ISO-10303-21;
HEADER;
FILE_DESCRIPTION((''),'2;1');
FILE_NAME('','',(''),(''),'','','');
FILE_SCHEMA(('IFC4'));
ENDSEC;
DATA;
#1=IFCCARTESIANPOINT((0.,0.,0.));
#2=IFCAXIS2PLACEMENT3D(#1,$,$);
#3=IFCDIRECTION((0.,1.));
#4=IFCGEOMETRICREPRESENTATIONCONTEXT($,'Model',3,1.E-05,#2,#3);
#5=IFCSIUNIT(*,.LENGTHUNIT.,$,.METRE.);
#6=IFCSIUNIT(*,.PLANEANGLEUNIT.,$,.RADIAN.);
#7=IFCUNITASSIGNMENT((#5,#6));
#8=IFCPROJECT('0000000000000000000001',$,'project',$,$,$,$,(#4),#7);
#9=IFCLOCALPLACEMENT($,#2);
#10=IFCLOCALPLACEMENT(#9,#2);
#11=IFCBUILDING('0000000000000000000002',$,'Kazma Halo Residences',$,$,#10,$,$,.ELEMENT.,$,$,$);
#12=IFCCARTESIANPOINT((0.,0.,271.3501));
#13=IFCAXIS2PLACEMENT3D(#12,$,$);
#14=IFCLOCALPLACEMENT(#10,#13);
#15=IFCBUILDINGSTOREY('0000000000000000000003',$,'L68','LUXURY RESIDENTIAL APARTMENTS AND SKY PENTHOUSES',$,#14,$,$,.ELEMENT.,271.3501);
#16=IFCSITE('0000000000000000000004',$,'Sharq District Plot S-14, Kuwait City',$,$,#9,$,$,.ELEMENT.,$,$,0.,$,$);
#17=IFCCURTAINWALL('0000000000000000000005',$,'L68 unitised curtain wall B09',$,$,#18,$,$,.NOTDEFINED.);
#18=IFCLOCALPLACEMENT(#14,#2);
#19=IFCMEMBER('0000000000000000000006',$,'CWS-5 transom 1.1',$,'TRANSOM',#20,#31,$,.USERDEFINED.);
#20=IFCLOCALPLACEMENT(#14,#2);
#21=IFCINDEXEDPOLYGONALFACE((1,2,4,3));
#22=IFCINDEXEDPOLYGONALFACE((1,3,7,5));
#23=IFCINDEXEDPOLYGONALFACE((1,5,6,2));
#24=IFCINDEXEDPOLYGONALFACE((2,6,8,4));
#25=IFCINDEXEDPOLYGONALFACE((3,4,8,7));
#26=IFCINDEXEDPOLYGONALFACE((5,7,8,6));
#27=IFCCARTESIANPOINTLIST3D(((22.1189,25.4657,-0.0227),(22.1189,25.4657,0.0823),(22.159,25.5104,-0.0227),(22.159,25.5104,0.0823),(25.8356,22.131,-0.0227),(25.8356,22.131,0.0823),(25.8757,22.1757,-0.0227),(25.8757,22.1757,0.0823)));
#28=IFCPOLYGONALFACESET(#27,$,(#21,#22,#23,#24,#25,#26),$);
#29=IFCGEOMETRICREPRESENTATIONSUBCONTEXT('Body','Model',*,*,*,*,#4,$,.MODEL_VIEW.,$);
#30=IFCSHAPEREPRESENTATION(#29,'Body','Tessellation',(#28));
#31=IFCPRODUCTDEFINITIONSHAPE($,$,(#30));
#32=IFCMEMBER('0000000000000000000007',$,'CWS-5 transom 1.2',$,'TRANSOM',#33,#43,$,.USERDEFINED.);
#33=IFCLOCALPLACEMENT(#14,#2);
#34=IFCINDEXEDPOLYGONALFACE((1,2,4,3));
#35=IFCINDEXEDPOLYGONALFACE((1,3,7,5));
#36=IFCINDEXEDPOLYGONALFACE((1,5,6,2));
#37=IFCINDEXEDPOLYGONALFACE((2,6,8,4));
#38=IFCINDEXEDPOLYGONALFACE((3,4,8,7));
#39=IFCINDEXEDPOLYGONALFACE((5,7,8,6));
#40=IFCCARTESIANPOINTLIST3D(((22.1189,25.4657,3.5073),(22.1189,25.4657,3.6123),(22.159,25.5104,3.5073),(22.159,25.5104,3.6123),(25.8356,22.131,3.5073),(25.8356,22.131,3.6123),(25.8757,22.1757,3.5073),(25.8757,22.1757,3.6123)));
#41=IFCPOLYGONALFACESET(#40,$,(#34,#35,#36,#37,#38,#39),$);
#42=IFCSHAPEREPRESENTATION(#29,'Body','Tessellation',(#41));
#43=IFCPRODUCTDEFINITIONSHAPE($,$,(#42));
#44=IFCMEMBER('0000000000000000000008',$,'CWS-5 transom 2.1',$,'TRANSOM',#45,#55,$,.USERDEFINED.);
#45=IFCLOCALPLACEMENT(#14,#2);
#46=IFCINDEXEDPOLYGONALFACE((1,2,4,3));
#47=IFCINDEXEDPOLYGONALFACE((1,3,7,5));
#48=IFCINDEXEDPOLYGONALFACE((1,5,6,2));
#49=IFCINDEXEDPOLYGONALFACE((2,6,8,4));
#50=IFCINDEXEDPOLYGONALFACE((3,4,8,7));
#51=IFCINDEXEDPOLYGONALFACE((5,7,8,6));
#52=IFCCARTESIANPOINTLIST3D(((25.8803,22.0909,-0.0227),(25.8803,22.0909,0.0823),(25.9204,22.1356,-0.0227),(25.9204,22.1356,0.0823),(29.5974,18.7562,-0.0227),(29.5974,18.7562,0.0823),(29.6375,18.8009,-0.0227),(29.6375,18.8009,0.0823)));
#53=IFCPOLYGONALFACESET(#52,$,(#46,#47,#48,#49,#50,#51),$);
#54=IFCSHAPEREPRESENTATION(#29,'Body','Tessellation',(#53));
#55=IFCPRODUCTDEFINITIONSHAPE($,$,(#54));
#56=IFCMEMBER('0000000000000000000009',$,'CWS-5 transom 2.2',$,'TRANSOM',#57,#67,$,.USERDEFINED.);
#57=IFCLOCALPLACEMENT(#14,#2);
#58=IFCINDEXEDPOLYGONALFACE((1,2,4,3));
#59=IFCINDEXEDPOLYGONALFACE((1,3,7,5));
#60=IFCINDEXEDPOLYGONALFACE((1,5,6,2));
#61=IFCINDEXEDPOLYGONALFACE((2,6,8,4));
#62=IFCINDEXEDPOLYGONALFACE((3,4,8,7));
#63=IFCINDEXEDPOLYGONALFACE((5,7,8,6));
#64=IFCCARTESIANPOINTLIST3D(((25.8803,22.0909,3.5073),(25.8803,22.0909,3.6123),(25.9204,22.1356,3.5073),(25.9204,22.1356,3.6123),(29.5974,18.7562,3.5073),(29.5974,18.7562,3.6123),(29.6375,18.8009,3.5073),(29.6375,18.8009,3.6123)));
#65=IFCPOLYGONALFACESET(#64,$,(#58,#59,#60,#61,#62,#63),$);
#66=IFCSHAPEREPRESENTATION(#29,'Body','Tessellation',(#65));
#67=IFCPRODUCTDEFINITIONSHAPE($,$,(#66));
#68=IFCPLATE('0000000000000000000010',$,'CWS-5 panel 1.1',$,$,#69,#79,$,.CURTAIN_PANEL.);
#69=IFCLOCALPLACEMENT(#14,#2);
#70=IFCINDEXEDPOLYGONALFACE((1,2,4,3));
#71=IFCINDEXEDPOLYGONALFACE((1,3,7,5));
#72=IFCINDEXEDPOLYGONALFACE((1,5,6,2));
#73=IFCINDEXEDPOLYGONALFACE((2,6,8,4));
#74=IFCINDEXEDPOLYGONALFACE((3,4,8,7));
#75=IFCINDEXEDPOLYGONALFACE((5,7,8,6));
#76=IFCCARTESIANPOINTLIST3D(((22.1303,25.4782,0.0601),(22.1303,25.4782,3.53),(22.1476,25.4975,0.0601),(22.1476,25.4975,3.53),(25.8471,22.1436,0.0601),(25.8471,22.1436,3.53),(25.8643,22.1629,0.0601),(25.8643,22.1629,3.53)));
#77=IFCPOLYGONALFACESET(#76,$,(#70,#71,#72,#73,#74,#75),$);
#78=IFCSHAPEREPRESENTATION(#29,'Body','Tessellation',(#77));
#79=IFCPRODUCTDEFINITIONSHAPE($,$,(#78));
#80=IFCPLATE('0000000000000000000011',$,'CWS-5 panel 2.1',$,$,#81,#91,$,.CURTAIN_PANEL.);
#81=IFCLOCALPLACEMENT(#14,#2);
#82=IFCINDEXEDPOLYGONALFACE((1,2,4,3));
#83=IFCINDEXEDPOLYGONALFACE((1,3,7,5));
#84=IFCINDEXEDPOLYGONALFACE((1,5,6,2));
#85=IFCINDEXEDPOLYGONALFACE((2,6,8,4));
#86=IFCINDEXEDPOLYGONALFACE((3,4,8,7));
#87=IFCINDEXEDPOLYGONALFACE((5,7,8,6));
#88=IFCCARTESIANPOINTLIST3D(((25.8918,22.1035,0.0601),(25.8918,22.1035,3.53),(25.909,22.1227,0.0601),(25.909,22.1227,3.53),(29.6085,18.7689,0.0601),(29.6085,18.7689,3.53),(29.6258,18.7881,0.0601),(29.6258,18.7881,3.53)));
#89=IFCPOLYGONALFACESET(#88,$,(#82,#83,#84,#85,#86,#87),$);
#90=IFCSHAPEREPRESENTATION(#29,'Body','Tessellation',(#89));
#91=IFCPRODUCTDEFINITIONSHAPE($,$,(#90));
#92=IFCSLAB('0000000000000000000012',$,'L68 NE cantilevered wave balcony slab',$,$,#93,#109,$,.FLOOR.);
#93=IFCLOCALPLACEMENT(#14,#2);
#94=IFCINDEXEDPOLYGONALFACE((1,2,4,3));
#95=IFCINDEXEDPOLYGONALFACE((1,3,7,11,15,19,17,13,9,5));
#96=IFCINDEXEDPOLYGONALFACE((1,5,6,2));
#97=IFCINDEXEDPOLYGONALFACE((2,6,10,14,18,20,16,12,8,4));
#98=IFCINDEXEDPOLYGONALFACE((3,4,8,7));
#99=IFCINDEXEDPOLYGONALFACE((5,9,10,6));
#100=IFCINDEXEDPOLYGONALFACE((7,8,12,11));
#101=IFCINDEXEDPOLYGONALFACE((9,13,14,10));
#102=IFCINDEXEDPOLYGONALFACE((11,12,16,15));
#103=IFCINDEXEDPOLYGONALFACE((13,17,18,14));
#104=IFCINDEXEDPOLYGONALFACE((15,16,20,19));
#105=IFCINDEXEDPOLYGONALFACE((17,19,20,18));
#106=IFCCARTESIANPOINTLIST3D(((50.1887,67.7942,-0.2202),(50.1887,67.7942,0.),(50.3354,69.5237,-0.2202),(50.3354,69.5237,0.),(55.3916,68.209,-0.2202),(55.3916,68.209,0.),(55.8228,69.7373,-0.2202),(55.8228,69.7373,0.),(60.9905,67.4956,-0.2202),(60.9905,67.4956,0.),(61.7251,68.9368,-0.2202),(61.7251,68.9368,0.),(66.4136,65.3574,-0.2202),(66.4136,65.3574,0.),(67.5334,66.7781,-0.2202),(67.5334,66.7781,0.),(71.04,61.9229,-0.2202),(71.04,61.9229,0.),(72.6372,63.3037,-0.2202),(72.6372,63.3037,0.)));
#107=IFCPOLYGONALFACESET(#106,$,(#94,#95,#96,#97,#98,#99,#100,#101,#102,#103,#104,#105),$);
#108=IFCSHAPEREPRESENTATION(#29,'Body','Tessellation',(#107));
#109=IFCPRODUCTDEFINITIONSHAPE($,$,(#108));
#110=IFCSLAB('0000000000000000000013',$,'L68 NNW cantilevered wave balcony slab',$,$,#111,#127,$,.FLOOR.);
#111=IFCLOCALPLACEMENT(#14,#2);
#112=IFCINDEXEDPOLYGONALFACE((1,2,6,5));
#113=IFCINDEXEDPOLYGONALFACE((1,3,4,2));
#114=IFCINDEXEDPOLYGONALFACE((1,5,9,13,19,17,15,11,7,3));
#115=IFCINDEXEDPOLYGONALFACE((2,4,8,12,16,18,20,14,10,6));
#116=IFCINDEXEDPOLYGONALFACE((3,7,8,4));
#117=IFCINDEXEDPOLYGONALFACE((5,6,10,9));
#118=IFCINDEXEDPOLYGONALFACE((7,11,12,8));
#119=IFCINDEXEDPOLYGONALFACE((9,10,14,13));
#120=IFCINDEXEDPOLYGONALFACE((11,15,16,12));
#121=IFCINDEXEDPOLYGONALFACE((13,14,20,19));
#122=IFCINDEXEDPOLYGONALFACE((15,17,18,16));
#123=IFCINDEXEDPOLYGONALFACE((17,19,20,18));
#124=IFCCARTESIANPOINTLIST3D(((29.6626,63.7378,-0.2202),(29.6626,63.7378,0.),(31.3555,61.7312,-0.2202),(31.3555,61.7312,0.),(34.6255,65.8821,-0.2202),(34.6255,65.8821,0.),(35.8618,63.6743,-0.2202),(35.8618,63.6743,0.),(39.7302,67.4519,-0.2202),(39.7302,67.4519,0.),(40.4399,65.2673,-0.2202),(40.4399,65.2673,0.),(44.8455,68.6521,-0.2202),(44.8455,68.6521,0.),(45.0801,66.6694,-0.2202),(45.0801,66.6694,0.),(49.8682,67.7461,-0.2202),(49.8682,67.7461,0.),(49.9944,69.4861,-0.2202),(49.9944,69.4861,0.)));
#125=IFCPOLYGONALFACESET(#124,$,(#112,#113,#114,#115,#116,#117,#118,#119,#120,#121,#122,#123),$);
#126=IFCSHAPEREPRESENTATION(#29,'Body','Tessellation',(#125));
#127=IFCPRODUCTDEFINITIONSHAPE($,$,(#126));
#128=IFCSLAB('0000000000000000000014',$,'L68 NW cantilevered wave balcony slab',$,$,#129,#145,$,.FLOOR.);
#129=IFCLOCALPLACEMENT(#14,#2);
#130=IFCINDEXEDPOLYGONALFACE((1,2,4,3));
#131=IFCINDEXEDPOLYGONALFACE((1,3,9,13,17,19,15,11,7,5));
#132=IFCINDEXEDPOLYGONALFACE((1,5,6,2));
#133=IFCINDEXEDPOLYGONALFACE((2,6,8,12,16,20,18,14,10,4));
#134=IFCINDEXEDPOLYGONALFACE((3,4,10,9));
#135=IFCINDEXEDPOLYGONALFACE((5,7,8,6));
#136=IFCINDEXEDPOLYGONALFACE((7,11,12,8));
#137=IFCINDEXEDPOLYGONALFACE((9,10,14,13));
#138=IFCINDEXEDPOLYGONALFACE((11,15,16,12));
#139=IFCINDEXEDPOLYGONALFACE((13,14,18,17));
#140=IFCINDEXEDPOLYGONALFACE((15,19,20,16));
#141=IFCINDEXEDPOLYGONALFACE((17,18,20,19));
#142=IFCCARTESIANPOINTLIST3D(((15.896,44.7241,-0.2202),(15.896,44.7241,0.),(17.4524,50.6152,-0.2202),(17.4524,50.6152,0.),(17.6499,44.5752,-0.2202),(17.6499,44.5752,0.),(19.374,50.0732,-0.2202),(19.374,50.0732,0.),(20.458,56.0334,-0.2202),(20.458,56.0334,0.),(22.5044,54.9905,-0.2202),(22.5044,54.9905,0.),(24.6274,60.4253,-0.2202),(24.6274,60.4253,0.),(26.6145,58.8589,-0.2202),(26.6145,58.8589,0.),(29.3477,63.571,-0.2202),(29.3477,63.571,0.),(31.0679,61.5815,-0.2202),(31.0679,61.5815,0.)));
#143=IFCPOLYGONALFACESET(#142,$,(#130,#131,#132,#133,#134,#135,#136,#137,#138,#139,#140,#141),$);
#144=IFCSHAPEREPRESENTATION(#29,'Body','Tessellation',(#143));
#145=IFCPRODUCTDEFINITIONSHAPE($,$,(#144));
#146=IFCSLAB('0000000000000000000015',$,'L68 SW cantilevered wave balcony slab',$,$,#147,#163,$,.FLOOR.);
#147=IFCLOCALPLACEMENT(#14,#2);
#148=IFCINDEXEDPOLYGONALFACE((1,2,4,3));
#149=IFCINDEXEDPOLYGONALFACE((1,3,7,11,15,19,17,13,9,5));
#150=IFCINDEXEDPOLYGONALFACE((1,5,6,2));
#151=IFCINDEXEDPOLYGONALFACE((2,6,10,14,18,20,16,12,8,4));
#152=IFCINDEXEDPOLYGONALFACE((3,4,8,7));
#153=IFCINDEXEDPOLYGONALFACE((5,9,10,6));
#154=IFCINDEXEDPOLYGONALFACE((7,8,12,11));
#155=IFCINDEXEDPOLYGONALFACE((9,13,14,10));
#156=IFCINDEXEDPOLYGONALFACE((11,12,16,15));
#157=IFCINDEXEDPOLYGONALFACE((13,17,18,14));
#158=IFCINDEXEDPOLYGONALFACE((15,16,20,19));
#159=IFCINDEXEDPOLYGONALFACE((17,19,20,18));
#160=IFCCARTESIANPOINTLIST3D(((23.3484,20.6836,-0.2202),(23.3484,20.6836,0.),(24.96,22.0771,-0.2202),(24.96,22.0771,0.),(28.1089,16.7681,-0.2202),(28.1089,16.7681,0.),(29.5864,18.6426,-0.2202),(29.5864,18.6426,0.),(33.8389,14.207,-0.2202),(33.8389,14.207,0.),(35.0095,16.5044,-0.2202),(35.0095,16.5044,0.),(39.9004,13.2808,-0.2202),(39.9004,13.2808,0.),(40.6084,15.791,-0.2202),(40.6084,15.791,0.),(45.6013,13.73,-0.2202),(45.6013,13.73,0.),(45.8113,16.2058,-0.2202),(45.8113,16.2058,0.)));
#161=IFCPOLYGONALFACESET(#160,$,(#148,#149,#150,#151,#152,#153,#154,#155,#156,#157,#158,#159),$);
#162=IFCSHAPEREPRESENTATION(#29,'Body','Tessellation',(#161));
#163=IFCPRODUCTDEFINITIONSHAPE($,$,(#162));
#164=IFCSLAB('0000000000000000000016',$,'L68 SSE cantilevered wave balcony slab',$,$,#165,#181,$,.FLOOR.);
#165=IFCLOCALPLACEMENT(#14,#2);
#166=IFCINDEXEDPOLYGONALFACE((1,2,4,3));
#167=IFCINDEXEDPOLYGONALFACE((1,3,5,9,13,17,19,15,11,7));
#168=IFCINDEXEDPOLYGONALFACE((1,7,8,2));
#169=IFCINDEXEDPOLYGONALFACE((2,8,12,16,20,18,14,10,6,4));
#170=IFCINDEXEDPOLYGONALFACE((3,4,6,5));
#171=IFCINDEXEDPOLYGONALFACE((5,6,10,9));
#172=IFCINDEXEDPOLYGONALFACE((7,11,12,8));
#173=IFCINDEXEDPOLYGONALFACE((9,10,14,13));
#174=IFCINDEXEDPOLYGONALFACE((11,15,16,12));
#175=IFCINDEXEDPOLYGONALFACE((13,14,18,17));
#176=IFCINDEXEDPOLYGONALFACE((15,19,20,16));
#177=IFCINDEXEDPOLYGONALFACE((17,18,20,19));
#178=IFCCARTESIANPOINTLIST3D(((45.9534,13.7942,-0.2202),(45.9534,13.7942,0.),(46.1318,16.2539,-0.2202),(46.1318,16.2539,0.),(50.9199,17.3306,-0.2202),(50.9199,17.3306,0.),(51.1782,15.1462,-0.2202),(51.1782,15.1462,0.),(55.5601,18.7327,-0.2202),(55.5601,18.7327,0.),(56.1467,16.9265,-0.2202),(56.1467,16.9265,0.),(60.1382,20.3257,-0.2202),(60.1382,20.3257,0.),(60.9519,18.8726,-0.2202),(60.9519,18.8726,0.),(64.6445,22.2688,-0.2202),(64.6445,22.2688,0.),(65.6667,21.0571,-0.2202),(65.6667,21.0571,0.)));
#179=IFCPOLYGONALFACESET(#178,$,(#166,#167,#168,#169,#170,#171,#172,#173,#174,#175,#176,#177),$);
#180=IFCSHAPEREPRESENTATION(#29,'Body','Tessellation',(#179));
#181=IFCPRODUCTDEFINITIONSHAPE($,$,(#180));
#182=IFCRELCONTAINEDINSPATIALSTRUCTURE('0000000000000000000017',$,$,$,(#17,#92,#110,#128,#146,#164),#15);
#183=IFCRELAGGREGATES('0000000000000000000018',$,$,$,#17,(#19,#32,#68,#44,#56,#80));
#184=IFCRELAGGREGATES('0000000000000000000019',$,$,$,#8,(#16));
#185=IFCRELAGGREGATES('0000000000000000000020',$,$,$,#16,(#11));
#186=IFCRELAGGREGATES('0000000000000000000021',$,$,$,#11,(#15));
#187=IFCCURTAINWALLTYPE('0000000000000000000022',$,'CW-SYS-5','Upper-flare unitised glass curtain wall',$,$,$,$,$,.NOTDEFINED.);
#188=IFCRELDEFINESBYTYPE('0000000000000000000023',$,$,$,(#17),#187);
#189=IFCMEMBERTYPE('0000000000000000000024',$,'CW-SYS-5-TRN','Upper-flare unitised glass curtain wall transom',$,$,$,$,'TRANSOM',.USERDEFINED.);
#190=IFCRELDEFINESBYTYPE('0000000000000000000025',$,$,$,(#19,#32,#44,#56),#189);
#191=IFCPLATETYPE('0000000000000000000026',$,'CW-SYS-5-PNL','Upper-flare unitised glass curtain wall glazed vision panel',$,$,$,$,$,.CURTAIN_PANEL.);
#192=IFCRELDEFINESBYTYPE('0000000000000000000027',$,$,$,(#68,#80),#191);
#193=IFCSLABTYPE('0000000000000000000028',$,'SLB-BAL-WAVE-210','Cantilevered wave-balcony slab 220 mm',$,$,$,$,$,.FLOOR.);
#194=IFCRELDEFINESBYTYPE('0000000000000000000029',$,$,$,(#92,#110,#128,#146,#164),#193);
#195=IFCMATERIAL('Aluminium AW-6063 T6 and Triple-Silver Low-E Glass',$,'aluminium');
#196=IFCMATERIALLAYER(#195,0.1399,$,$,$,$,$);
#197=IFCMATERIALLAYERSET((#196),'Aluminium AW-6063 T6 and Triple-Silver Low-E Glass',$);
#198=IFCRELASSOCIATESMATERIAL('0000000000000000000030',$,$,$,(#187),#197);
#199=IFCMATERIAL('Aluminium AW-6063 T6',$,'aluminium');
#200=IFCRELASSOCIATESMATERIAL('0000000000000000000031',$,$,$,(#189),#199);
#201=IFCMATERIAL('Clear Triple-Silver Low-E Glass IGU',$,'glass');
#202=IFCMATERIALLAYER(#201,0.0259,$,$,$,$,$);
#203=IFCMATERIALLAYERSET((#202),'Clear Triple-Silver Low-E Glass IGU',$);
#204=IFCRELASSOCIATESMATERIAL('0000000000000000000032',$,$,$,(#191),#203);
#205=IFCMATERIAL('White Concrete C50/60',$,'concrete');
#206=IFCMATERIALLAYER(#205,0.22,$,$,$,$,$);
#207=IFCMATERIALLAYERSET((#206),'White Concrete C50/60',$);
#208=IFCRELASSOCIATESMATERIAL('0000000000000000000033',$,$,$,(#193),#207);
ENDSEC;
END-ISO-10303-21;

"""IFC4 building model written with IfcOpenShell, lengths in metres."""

from ifc_helpers import new_model, si_unit, direction, frame, origin, origin_2d, place, context, subcontext, project, spatial, polyline, rectangle, outline, extrude, material, layer, layer_set, material_profile, profile_set, type_object, element, aggregate, save


model = new_model("IFC4")

# Units and contexts
model_context = context("Model", 3, precision=1e-05, world=origin(), true_north=direction((0.0, 1.0)))
body_context = subcontext(model_context, "Body", "Model", "MODEL_VIEW")
ifc_project = project(units=[si_unit("LENGTHUNIT", "METRE"), si_unit("PLANEANGLEUNIT", "RADIAN")], contexts=[model_context])

# Site, building, storey
site_placement = place(None, origin())
site = spatial("IfcSite", under=ifc_project, at=site_placement, Name="Sharq District Plot S-14, Kuwait City", CompositionType="ELEMENT", RefElevation=0.0)
building_placement = place(site_placement, origin())
building = spatial("IfcBuilding", under=site, at=building_placement, Name="Kazma Halo Residences", CompositionType="ELEMENT")
storey_placement = place(building_placement, frame((0.0, 0.0, 271.3501)))
storey = spatial("IfcBuildingStorey", under=building, at=storey_placement, Name="L68", Description="LUXURY RESIDENTIAL APARTMENTS AND SKY PENTHOUSES", CompositionType="ELEMENT", Elevation=271.3501)

# Curtain wall, members, plates
ifc_material_1 = material(Name="Aluminium AW-6063 T6 and Triple-Silver Low-E Glass", Category="aluminium")
ifc_layer_1 = layer(ifc_material_1, 0.1399)
ifc_layer_set_1 = layer_set([ifc_layer_1], Name="Aluminium AW-6063 T6 and Triple-Silver Low-E Glass")
curtain_wall_type = type_object("IfcCurtainWallType", Name="CW-SYS-5", Description="Upper-flare unitised glass curtain wall", PredefinedType="NOTDEFINED", material=ifc_layer_set_1)
curtain_wall_placement = place(storey_placement, origin())
curtain_wall = element("IfcCurtainWall", 1, at=curtain_wall_placement, inside=storey, type_object=curtain_wall_type, Name="L68 unitised curtain wall B09", PredefinedType="NOTDEFINED")
ifc_material_2 = material(Name="Aluminium AW-6063 T6", Category="aluminium")
ifc_material_profile_1 = material_profile(ifc_material_2, rectangle(XDim=0.0601, YDim=0.105, at=origin_2d()), Name="CWT-60x105")
ifc_profile_set_1 = profile_set([ifc_material_profile_1], Name="Aluminium AW-6063 T6")
member_type_1 = type_object("IfcMemberType", Name="CW-SYS-5-TRN", Description="Upper-flare unitised glass curtain wall transom", ElementType="TRANSOM", PredefinedType="USERDEFINED", material=ifc_profile_set_1)
member_1_placement = place(storey_placement, frame((22.1389, 25.488, 0.0298), z_axis=(0.744329, -0.667813, 0.0), x_axis=(0.667813, 0.744329, 0.0)))
member_1 = element("IfcMember", 2, at=member_1_placement, type_object=member_type_1, Name="CWS-5 transom 1.1", ObjectType="TRANSOM", PredefinedType="USERDEFINED", context=body_context, shape_type="SweptSolid", body=[
    extrude(rectangle(XDim=0.0601, YDim=0.105, at=origin_2d()), origin(), (0.0, 0.0, 1.0), 4.9934),
])
member_2_placement = place(storey_placement, frame((22.1389, 25.488, 3.5598), z_axis=(0.744329, -0.667813, 0.0), x_axis=(0.667813, 0.744329, 0.0)))
member_2 = element("IfcMember", 3, at=member_2_placement, type_object=member_type_1, Name="CWS-5 transom 1.2", ObjectType="TRANSOM", PredefinedType="USERDEFINED", context=body_context, shape_type="SweptSolid", body=[
    extrude(rectangle(XDim=0.0601, YDim=0.105, at=origin_2d()), origin(), (0.0, 0.0, 1.0), 4.9934),
])
member_3_placement = place(storey_placement, frame((25.9004, 22.1133, 0.0298), z_axis=(0.744351, -0.667789, 0.0), x_axis=(0.667789, 0.744351, 0.0)))
member_3 = element("IfcMember", 4, at=member_3_placement, type_object=member_type_1, Name="CWS-5 transom 2.1", ObjectType="TRANSOM", PredefinedType="USERDEFINED", context=body_context, shape_type="SweptSolid", body=[
    extrude(rectangle(XDim=0.0601, YDim=0.105, at=origin_2d()), origin(), (0.0, 0.0, 1.0), 4.9937),
])
member_4_placement = place(storey_placement, frame((25.9004, 22.1133, 3.5598), z_axis=(0.744351, -0.667789, 0.0), x_axis=(0.667789, 0.744351, 0.0)))
member_4 = element("IfcMember", 5, at=member_4_placement, type_object=member_type_1, Name="CWS-5 transom 2.2", ObjectType="TRANSOM", PredefinedType="USERDEFINED", context=body_context, shape_type="SweptSolid", body=[
    extrude(rectangle(XDim=0.0601, YDim=0.105, at=origin_2d()), origin(), (0.0, 0.0, 1.0), 4.9937),
])
ifc_material_3 = material(Name="Clear Triple-Silver Low-E Glass IGU", Category="glass")
ifc_layer_2 = layer(ifc_material_3, 0.0259)
ifc_layer_set_2 = layer_set([ifc_layer_2], Name="Clear Triple-Silver Low-E Glass IGU")
plate_type = type_object("IfcPlateType", Name="CW-SYS-5-PNL", Description="Upper-flare unitised glass curtain wall glazed vision panel", PredefinedType="CURTAIN_PANEL", material=ifc_layer_set_2)
plate_1_placement = place(storey_placement, frame((23.9973, 23.8206, 0.0601), z_axis=(0.0, 0.0, 1.0), x_axis=(0.744336, -0.667805, 0.0)))
plate_1 = element("IfcPlate", 6, at=plate_1_placement, type_object=plate_type, Name="CWS-5 panel 1.1", PredefinedType="CURTAIN_PANEL", context=body_context, shape_type="SweptSolid", body=[
    extrude(rectangle(XDim=4.9934, YDim=0.0259, at=origin_2d()), origin(), (0.0, 0.0, 1.0), 3.47),
])
plate_2_placement = place(storey_placement, frame((27.7588, 20.4458, 0.0601), z_axis=(0.0, 0.0, 1.0), x_axis=(0.744336, -0.667805, 0.0)))
plate_2 = element("IfcPlate", 7, at=plate_2_placement, type_object=plate_type, Name="CWS-5 panel 2.1", PredefinedType="CURTAIN_PANEL", context=body_context, shape_type="SweptSolid", body=[
    extrude(rectangle(XDim=4.9934, YDim=0.0259, at=origin_2d()), origin(), (0.0, 0.0, 1.0), 3.47),
])
aggregate(curtain_wall, [member_1, member_2, plate_1, member_3, member_4, plate_2])

# Slabs
ifc_material_4 = material(Name="White Concrete C50/60", Category="concrete")
ifc_layer_3 = layer(ifc_material_4, 0.22)
ifc_layer_set_3 = layer_set([ifc_layer_3], Name="White Concrete C50/60")
slab_type_1 = type_object("IfcSlabType", Name="SLB-BAL-WAVE-210", Description="Cantilevered wave-balcony slab 220 mm", PredefinedType="FLOOR", material=ifc_layer_set_3)
slab_1_placement = place(storey_placement, frame((0.0, 0.0, -0.2202)))
element("IfcSlab", 8, at=slab_1_placement, inside=storey, type_object=slab_type_1, Name="L68 NE cantilevered wave balcony slab", PredefinedType="FLOOR", context=body_context, shape_type="SweptSolid", body=[
    extrude(outline(polyline([(71.04, 61.9229), (66.4136, 65.3574), (60.9905, 67.4956), (55.3916, 68.209), (50.1887, 67.7942), (50.3354, 69.5237), (55.8228, 69.7373), (61.7251, 68.9368), (67.5334, 66.7781), (72.6372, 63.3037), (71.04, 61.9229)])), origin(), (0.0, 0.0, 1.0), 0.2202),
])
slab_2_placement = place(storey_placement, frame((0.0, 0.0, -0.2202)))
element("IfcSlab", 9, at=slab_2_placement, inside=storey, type_object=slab_type_1, Name="L68 NNW cantilevered wave balcony slab", PredefinedType="FLOOR", context=body_context, shape_type="SweptSolid", body=[
    extrude(outline(polyline([(49.8682, 67.7461), (45.0801, 66.6694), (40.4399, 65.2673), (35.8618, 63.6743), (31.3555, 61.7312), (29.6626, 63.7378), (34.6255, 65.8821), (39.7302, 67.4519), (44.8455, 68.6521), (49.9944, 69.4861), (49.8682, 67.7461)])), origin(), (0.0, 0.0, 1.0), 0.2202),
])
slab_3_placement = place(storey_placement, frame((0.0, 0.0, -0.2202)))
element("IfcSlab", 10, at=slab_3_placement, inside=storey, type_object=slab_type_1, Name="L68 NW cantilevered wave balcony slab", PredefinedType="FLOOR", context=body_context, shape_type="SweptSolid", body=[
    extrude(outline(polyline([(31.0679, 61.5815), (26.6145, 58.8589), (22.5044, 54.9905), (19.374, 50.0732), (17.6499, 44.5752), (15.896, 44.7241), (17.4524, 50.6152), (20.458, 56.0334), (24.6274, 60.4253), (29.3477, 63.571), (31.0679, 61.5815)])), origin(), (0.0, 0.0, 1.0), 0.2202),
])
slab_4_placement = place(storey_placement, frame((0.0, 0.0, -0.2202)))
element("IfcSlab", 11, at=slab_4_placement, inside=storey, type_object=slab_type_1, Name="L68 SW cantilevered wave balcony slab", PredefinedType="FLOOR", context=body_context, shape_type="SweptSolid", body=[
    extrude(outline(polyline([(24.96, 22.0771), (29.5864, 18.6426), (35.0095, 16.5044), (40.6084, 15.791), (45.8113, 16.2058), (45.6013, 13.73), (39.9004, 13.2808), (33.8389, 14.207), (28.1089, 16.7681), (23.3484, 20.6836), (24.96, 22.0771)])), origin(), (0.0, 0.0, 1.0), 0.2202),
])
slab_5_placement = place(storey_placement, frame((0.0, 0.0, -0.2202)))
element("IfcSlab", 12, at=slab_5_placement, inside=storey, type_object=slab_type_1, Name="L68 SSE cantilevered wave balcony slab", PredefinedType="FLOOR", context=body_context, shape_type="SweptSolid", body=[
    extrude(outline(polyline([(46.1318, 16.2539), (50.9199, 17.3306), (55.5601, 18.7327), (60.1382, 20.3257), (64.6445, 22.2688), (65.6667, 21.0571), (60.9519, 18.8726), (56.1467, 16.9265), (51.1782, 15.1462), (45.9534, 13.7942), (46.1318, 16.2539)])), origin(), (0.0, 0.0, 1.0), 0.2202),
])

save(model, "model.ifc")
